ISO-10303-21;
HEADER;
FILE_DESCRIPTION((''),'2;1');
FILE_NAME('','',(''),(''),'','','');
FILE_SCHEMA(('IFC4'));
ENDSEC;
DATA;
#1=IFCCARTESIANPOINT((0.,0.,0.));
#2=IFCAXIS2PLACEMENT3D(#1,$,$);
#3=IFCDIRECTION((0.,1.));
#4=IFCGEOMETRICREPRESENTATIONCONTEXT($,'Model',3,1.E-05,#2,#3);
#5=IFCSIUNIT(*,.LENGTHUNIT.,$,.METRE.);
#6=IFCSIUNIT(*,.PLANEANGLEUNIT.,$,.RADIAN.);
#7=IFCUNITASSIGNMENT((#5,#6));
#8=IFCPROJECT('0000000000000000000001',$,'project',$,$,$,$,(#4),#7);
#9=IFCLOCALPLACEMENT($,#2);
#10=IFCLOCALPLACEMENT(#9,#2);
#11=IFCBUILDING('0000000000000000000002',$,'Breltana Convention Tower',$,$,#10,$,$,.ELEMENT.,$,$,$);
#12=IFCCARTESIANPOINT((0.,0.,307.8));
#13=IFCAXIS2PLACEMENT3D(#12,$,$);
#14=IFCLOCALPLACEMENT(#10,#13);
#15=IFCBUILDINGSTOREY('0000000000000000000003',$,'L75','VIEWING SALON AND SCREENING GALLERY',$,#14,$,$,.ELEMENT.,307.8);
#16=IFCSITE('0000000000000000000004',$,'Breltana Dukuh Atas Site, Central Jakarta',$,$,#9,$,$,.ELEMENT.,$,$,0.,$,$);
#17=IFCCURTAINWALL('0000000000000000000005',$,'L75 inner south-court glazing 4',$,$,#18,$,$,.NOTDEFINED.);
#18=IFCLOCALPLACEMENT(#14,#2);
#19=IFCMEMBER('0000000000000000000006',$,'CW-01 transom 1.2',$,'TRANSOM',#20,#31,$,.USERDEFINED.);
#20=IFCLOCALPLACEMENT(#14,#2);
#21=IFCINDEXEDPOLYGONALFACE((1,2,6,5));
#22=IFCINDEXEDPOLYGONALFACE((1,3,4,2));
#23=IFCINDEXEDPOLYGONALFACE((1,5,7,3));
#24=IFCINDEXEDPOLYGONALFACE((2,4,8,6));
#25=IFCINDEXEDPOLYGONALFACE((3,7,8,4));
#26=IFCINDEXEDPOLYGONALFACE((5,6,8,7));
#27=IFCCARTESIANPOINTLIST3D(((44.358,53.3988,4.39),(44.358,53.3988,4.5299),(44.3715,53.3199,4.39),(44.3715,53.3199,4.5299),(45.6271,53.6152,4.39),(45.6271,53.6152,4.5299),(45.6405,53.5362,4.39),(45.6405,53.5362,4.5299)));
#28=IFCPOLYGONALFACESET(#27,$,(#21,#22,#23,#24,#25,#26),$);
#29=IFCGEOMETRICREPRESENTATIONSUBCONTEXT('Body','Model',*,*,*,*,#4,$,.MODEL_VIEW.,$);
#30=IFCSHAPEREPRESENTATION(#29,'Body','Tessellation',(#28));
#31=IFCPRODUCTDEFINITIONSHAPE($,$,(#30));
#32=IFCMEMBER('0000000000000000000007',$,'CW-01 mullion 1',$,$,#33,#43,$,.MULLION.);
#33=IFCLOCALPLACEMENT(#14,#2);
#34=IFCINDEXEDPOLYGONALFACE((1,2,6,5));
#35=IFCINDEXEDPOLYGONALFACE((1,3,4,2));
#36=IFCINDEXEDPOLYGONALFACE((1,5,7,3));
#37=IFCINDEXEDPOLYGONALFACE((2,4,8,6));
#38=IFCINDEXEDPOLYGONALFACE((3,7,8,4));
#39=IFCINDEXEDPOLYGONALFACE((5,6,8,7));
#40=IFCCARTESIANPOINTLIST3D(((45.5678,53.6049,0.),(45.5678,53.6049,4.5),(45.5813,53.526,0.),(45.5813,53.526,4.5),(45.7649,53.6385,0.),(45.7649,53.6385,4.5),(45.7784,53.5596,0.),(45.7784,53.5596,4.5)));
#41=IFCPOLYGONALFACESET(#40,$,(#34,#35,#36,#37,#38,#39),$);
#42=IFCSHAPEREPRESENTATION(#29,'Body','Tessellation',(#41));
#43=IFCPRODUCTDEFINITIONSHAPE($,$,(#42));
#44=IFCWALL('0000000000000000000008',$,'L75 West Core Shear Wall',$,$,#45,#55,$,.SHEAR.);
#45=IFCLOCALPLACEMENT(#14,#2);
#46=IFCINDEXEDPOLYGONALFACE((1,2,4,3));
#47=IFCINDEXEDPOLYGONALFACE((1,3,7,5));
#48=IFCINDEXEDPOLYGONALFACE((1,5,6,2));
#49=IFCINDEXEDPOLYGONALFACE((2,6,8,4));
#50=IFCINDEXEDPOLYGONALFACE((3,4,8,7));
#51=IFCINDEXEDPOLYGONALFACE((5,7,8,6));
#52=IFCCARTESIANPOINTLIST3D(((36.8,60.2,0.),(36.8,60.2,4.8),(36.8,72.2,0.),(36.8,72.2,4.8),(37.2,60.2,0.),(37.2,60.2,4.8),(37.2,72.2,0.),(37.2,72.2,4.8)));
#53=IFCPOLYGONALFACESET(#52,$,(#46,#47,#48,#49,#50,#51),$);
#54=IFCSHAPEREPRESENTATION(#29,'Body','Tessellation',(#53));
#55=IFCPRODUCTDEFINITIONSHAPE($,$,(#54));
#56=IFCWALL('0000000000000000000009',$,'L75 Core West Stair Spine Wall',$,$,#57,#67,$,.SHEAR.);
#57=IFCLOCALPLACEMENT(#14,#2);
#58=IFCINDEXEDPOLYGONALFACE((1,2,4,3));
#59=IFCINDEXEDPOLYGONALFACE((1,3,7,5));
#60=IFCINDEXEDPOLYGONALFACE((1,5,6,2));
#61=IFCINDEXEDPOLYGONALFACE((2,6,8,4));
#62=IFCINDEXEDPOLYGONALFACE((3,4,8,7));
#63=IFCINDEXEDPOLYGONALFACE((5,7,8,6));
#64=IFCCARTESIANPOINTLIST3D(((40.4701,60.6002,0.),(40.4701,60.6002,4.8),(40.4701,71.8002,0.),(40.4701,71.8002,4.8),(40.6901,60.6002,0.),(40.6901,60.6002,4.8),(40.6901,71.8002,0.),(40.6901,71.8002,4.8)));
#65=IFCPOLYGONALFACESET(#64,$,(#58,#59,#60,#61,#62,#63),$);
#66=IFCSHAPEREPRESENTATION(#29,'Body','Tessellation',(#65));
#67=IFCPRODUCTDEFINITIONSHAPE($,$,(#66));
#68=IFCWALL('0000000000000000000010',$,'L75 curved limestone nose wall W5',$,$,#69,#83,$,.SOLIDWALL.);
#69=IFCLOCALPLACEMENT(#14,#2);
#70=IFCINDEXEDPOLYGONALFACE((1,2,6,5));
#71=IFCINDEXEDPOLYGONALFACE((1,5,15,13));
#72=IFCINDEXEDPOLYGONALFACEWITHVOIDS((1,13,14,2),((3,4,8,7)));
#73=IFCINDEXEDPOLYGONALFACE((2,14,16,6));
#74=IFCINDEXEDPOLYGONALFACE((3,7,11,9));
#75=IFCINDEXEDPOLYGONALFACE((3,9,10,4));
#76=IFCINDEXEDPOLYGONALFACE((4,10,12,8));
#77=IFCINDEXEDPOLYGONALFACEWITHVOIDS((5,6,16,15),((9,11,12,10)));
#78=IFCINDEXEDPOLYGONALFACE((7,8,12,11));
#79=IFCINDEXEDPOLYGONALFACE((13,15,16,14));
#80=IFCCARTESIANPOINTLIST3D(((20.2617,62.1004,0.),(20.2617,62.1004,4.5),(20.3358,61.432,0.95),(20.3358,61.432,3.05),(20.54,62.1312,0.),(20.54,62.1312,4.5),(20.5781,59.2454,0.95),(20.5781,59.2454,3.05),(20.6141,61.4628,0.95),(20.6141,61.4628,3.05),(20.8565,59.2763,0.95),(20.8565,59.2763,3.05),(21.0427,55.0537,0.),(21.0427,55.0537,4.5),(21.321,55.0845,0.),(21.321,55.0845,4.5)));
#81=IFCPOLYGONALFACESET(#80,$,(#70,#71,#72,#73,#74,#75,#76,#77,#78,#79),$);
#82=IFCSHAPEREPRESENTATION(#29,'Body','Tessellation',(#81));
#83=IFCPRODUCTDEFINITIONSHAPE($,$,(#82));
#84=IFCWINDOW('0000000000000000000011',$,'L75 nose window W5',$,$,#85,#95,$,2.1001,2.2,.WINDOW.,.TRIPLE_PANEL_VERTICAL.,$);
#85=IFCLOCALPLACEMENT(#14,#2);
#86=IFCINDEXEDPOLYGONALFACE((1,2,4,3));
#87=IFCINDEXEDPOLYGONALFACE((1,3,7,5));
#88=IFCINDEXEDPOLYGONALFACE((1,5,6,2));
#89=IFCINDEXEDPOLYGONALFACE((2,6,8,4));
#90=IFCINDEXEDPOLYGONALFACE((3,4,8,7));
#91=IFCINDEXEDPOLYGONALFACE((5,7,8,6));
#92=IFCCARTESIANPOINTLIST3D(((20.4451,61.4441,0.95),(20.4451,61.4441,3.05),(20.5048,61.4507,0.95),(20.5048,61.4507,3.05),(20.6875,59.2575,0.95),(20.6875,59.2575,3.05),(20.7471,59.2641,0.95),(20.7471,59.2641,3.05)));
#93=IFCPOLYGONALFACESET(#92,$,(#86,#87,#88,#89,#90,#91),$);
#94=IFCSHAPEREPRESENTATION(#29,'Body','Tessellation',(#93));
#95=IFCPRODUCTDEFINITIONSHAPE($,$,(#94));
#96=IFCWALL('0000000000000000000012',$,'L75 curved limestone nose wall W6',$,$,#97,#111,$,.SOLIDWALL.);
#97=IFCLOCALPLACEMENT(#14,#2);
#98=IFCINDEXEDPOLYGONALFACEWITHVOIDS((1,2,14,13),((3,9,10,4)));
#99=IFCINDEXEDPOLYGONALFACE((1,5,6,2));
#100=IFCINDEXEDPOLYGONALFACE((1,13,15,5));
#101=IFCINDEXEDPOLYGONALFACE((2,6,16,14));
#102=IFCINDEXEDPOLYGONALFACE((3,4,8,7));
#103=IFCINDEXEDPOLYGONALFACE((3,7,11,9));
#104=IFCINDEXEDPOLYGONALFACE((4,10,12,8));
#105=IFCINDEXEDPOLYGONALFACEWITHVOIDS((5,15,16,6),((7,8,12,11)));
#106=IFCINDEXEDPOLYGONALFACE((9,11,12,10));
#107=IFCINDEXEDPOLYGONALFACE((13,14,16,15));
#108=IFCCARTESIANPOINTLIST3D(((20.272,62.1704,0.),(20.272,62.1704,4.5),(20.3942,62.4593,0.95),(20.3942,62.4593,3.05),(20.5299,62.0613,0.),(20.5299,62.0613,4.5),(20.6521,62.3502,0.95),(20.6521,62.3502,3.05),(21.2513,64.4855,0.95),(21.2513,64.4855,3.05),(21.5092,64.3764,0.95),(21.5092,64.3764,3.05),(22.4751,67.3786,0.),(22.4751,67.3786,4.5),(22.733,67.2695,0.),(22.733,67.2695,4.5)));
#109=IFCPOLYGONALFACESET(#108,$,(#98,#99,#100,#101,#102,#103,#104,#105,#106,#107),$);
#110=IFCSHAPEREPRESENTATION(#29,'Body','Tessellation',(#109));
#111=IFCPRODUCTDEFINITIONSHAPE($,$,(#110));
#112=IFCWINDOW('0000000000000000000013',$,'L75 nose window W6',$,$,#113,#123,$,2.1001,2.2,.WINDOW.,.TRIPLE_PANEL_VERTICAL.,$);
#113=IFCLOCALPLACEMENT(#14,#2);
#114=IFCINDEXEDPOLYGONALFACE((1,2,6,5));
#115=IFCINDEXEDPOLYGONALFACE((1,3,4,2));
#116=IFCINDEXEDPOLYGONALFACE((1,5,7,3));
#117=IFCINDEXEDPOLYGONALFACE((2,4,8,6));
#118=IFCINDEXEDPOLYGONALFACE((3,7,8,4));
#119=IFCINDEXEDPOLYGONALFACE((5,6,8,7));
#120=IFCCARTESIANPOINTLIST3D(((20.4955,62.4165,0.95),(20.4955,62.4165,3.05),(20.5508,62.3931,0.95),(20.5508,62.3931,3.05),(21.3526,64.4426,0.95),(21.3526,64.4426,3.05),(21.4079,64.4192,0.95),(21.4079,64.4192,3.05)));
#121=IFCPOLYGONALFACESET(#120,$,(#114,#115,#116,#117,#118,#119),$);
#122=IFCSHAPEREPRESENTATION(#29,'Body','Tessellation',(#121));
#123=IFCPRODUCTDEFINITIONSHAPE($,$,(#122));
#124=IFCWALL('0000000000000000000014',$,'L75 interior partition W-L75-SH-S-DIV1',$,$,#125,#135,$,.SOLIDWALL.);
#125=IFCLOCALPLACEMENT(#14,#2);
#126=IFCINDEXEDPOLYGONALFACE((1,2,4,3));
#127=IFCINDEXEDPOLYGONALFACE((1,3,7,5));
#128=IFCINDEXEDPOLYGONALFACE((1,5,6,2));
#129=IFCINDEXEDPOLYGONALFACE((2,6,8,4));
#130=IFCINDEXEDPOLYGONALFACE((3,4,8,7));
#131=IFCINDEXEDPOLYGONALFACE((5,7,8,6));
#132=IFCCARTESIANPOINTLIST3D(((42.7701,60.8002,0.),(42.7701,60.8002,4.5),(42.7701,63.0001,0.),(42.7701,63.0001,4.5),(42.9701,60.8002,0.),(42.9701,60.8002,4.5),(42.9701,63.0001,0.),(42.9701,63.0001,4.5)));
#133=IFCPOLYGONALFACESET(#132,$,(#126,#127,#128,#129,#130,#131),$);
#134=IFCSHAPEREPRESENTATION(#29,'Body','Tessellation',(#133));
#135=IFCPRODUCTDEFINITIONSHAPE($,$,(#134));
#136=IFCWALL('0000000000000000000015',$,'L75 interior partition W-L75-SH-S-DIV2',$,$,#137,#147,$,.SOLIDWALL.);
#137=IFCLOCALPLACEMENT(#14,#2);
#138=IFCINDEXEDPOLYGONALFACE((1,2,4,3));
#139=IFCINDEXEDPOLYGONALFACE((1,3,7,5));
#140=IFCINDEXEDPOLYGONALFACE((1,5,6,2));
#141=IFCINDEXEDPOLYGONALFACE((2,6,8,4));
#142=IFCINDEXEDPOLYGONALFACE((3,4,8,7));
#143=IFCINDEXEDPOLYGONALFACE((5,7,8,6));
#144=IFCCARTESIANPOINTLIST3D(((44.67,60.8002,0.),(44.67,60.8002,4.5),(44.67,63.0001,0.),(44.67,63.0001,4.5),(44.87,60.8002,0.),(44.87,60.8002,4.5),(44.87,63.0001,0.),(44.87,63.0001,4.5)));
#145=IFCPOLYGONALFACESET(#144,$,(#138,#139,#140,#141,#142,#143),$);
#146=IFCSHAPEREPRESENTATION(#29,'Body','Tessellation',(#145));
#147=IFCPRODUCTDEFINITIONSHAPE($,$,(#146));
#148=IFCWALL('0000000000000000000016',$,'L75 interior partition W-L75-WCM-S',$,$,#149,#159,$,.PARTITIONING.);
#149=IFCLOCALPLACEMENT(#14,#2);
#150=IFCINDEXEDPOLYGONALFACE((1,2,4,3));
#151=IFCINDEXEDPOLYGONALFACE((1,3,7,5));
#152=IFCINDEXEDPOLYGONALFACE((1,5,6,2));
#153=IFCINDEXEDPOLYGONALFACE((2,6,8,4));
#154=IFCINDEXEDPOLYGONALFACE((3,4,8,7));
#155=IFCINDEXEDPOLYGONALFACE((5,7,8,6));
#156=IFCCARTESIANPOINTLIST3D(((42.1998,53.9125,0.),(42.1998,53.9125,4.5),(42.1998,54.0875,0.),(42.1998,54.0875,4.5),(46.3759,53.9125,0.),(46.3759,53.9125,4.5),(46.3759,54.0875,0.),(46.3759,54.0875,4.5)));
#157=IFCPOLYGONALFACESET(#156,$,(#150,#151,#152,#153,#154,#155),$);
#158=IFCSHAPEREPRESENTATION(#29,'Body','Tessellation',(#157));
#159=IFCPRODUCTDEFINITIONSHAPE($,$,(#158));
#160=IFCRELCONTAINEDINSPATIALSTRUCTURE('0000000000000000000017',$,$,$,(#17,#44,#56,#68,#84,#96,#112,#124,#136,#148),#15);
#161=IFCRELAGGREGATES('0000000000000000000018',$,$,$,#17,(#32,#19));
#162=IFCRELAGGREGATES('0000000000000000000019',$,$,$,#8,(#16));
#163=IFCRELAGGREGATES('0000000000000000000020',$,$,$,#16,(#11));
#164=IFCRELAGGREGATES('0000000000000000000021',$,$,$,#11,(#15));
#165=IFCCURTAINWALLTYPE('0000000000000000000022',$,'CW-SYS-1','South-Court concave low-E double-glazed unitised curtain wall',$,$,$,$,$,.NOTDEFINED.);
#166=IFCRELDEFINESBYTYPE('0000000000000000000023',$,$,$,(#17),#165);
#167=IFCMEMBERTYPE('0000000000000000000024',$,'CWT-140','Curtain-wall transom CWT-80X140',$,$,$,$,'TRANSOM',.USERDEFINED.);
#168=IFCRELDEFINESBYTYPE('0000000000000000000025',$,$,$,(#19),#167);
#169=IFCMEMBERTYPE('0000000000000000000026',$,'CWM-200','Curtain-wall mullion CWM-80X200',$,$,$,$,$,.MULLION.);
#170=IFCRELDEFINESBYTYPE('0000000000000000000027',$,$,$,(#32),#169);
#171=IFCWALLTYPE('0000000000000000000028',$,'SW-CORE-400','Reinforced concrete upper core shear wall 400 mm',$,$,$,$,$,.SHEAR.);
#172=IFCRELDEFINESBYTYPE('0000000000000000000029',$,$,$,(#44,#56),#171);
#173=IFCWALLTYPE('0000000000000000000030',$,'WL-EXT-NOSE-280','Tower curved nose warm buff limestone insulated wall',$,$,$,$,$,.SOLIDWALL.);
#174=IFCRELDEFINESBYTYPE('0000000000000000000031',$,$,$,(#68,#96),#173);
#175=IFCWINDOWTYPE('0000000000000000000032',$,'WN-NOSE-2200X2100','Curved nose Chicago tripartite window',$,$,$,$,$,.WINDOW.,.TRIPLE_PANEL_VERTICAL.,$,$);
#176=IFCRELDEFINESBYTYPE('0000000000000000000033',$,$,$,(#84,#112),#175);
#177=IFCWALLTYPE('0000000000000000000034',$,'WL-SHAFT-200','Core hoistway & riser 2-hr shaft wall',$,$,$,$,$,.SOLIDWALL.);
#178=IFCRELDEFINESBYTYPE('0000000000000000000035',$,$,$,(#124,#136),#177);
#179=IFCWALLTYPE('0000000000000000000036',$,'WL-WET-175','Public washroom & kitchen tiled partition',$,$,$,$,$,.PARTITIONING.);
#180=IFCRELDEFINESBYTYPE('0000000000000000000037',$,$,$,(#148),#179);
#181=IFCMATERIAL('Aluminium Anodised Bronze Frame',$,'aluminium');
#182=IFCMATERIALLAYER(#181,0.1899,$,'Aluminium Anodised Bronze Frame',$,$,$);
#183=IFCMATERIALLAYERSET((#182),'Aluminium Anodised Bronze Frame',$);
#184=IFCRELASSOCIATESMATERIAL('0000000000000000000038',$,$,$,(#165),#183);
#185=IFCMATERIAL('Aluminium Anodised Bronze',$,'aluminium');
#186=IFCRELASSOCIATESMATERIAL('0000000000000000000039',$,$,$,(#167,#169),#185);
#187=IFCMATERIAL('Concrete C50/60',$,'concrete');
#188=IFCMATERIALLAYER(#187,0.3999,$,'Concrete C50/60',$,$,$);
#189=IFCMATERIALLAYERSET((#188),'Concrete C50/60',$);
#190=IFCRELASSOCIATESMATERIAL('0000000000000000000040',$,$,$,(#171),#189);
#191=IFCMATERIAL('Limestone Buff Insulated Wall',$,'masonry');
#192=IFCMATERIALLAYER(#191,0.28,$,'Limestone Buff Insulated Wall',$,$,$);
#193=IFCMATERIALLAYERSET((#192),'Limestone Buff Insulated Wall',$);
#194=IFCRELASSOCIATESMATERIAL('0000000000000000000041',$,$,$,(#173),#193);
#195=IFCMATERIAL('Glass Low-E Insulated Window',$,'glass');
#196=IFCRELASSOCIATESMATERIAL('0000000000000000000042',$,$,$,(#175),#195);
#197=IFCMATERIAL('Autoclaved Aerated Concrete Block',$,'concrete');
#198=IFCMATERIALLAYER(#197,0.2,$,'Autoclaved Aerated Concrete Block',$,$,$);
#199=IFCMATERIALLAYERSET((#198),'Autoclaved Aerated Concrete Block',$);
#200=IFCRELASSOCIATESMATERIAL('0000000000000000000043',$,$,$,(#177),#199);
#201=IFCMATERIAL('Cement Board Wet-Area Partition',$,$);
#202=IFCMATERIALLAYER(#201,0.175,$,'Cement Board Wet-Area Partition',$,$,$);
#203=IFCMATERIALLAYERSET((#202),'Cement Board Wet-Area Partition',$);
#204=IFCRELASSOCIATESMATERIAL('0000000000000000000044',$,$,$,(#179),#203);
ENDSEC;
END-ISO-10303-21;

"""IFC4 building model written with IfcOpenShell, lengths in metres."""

from ifc_helpers import new_model, si_unit, direction, frame, frame_2d, origin, origin_2d, place, context, subcontext, project, spatial, rectangle, extrude, source, transform, mapped, material, layer, layer_set, material_profile, profile_set, type_object, type_shapes, element, fill, aggregate, save


model = new_model("IFC4")

# Units and contexts
model_context = context("Model", 3, precision=1e-05, world=origin(), true_north=direction((0.0, 1.0)))
body_context = subcontext(model_context, "Body", "Model", "MODEL_VIEW")
ifc_project = project(units=[si_unit("LENGTHUNIT", "METRE"), si_unit("PLANEANGLEUNIT", "RADIAN")], contexts=[model_context])

# Site, building, storey
site_placement = place(None, origin())
site = spatial("IfcSite", under=ifc_project, at=site_placement, Name="Breltana Dukuh Atas Site, Central Jakarta", CompositionType="ELEMENT", RefElevation=0.0)
building_placement = place(site_placement, origin())
building = spatial("IfcBuilding", under=site, at=building_placement, Name="Breltana Convention Tower", CompositionType="ELEMENT")
storey_placement = place(building_placement, frame((0.0, 0.0, 307.8)))
storey = spatial("IfcBuildingStorey", under=building, at=storey_placement, Name="L75", Description="VIEWING SALON AND SCREENING GALLERY", CompositionType="ELEMENT", Elevation=307.8)

# Curtain wall, members
ifc_material_1 = material(Name="Aluminium Anodised Bronze Frame", Category="aluminium")
ifc_layer_1 = layer(ifc_material_1, 0.1899, Name="Aluminium Anodised Bronze Frame")
ifc_layer_set_1 = layer_set([ifc_layer_1], Name="Aluminium Anodised Bronze Frame")
curtain_wall_type = type_object("IfcCurtainWallType", Name="CW-SYS-1", Description="South-Court concave low-E double-glazed unitised curtain wall", PredefinedType="NOTDEFINED", material=ifc_layer_set_1)
curtain_wall_placement = place(storey_placement, origin())
curtain_wall = element("IfcCurtainWall", 1, at=curtain_wall_placement, inside=storey, type_object=curtain_wall_type, Name="L75 inner south-court glazing 4", PredefinedType="NOTDEFINED")
ifc_material_2 = material(Name="Aluminium Anodised Bronze", Category="aluminium")
ifc_material_profile_1 = material_profile(ifc_material_2, rectangle(XDim=0.0801, YDim=0.1399, at=origin_2d()), Name="CWT-80X140")
ifc_profile_set_1 = profile_set([ifc_material_profile_1], Name="Aluminium Anodised Bronze")
member_type_1 = type_object("IfcMemberType", Name="CWT-140", Description="Curtain-wall transom CWT-80X140", ElementType="TRANSOM", PredefinedType="USERDEFINED", material=ifc_profile_set_1)
shared_shape_1 = source(origin(), body_context, "Body", "SweptSolid", [
    extrude(rectangle(XDim=0.0801, YDim=0.1399, at=origin_2d()), origin(), (0.0, 0.0, 1.0), 1.2874),
])
member_1_placement = place(storey_placement, frame((45.6338, 53.5757, 4.46), z_axis=(-0.985782, -0.168027, 0.0), x_axis=(0.168027, -0.985782, 0.0)))
member_1 = element("IfcMember", 2, at=member_1_placement, type_object=member_type_1, Name="CW-01 transom 1.2", ObjectType="TRANSOM", PredefinedType="USERDEFINED", context=body_context, shape_type="MappedRepresentation", body=[
    mapped(shared_shape_1, transform((0.0, 0.0, 0.0), scale=1.0)),
])
ifc_material_profile_2 = material_profile(ifc_material_2, rectangle(XDim=0.0801, YDim=0.2, at=origin_2d()), Name="CWM-80X200")
ifc_profile_set_2 = profile_set([ifc_material_profile_2], Name="Aluminium Anodised Bronze")
member_type_2 = type_object("IfcMemberType", Name="CWM-200", Description="Curtain-wall mullion CWM-80X200", PredefinedType="MULLION", material=ifc_profile_set_2)
shared_shape_2 = source(origin(), body_context, "Body", "SweptSolid", [
    extrude(rectangle(XDim=0.0801, YDim=0.2, at=origin_2d()), origin(), (0.0, 0.0, 1.0), 4.5),
])
member_2_placement = place(storey_placement, frame((45.6731, 53.5823, 0.0), z_axis=(0.0, 0.0, 1.0), x_axis=(0.168028, -0.985782, 0.0)))
member_2 = element("IfcMember", 3, at=member_2_placement, type_object=member_type_2, Name="CW-01 mullion 1", PredefinedType="MULLION", context=body_context, shape_type="MappedRepresentation", body=[
    mapped(shared_shape_2, transform((0.0, 0.0, 0.0), scale=1.0)),
])
aggregate(curtain_wall, [member_2, member_1])

# Wall
ifc_material_3 = material(Name="Concrete C50/60", Category="concrete")
ifc_layer_2 = layer(ifc_material_3, 0.3999, Name="Concrete C50/60")
ifc_layer_set_2 = layer_set([ifc_layer_2], Name="Concrete C50/60")
wall_type_1 = type_object("IfcWallType", Name="SW-CORE-400", Description="Reinforced concrete upper core shear wall 400 mm", PredefinedType="SHEAR", material=ifc_layer_set_2)
shared_shape_3 = source(origin(), body_context, "Body", "SweptSolid", [
    extrude(rectangle(XDim=12.0, YDim=0.3999, at=frame_2d((6.0, 0.0))), origin(), (0.0, 0.0, 1.0), 4.8),
])
wall_1_placement = place(storey_placement, frame((37.0, 60.2, 0.0), z_axis=(0.0, 0.0, 1.0), x_axis=(0.0, 1.0, 0.0)))
element("IfcWall", 4, at=wall_1_placement, inside=storey, type_object=wall_type_1, Name="L75 West Core Shear Wall", PredefinedType="SHEAR", context=body_context, shape_type="MappedRepresentation", body=[
    mapped(shared_shape_3, transform((0.0, 0.0, 0.0), scale=1.0)),
])

# Wall
shared_shape_4 = source(origin(), body_context, "Body", "SweptSolid", [
    extrude(rectangle(XDim=11.2, YDim=0.22, at=frame_2d((5.6001, 0.0))), origin(), (0.0, 0.0, 1.0), 4.8),
])
wall_2_placement = place(storey_placement, frame((40.5801, 60.6001, 0.0), z_axis=(0.0, 0.0, 1.0), x_axis=(0.0, 1.0, 0.0)))
element("IfcWall", 5, at=wall_2_placement, inside=storey, type_object=wall_type_1, Name="L75 Core West Stair Spine Wall", PredefinedType="SHEAR", context=body_context, shape_type="MappedRepresentation", body=[
    mapped(shared_shape_4, transform((0.0, 0.0, 0.0), scale=1.0)),
])

# Walls, openings, windows
ifc_material_4 = material(Name="Limestone Buff Insulated Wall", Category="masonry")
ifc_layer_3 = layer(ifc_material_4, 0.28, Name="Limestone Buff Insulated Wall")
ifc_layer_set_3 = layer_set([ifc_layer_3], Name="Limestone Buff Insulated Wall")
wall_type_2 = type_object("IfcWallType", Name="WL-EXT-NOSE-280", Description="Tower curved nose warm buff limestone insulated wall", PredefinedType="SOLIDWALL", material=ifc_layer_set_3)
shared_shape_5 = source(origin(), body_context, "Body", "SweptSolid", [
    extrude(rectangle(XDim=7.0898, YDim=0.28, at=frame_2d((3.5449, 0.0))), origin(), (0.0, 0.0, 1.0), 4.5),
])
wall_3_placement = place(storey_placement, frame((21.1819, 55.0691, 0.0), z_axis=(0.0, 0.0, 1.0), x_axis=(-0.110159, 0.993914, 0.0)))
wall_3 = element("IfcWall", 6, at=wall_3_placement, inside=storey, type_object=wall_type_2, Name="L75 curved limestone nose wall W5", PredefinedType="SOLIDWALL", context=body_context, shape_type="MappedRepresentation", body=[
    mapped(shared_shape_5, transform((0.0, 0.0, 0.0), scale=1.0)),
])
opening_1_placement = place(wall_3_placement, frame((4.2173, 0.0, 0.95)))
opening_1 = element("IfcOpeningElement", 7, at=opening_1_placement, cuts=wall_3, PredefinedType="OPENING", context=body_context, shape_type="SweptSolid", body=[
    extrude(rectangle(XDim=2.2, YDim=2.1001, at=frame_2d((1.1001, 1.05))), frame((0.0, 0.1499, 0.0), z_axis=(0.0, -1.0, 0.0), x_axis=(1.0, 0.0, 0.0)), (0.0, 0.0, 1.0), 0.3),
])
ifc_material_5 = material(Name="Glass Low-E Insulated Window", Category="glass")
window_type = type_object("IfcWindowType", Name="WN-NOSE-2200X2100", Description="Curved nose Chicago tripartite window", PartitioningType="TRIPLE_PANEL_VERTICAL", PredefinedType="WINDOW", material=ifc_material_5)
shared_shape_6 = source(origin(), body_context, "Body", "SweptSolid", [
    extrude(rectangle(XDim=2.2, YDim=2.1001, at=frame_2d((1.1001, 1.05))), frame((0.0, 0.03, 0.0), z_axis=(0.0, -1.0, 0.0), x_axis=(1.0, 0.0, 0.0)), (0.0, 0.0, 1.0), 0.0601),
])
type_shapes(window_type, [shared_shape_6])
window_1_placement = place(opening_1_placement, origin())
window_1 = element("IfcWindow", 8, at=window_1_placement, inside=storey, type_object=window_type, Name="L75 nose window W5", OverallHeight=2.1001, OverallWidth=2.2, PartitioningType="TRIPLE_PANEL_VERTICAL", PredefinedType="WINDOW", context=body_context, shape_type="MappedRepresentation", body=[
    mapped(shared_shape_6, transform((0.0, 0.0, 0.0), scale=1.0)),
])
fill(opening_1, window_1)
shared_shape_7 = source(origin(), body_context, "Body", "SweptSolid", [
    extrude(rectangle(XDim=5.655, YDim=0.28, at=frame_2d((2.8276, 0.0))), origin(), (0.0, 0.0, 1.0), 4.5),
])
wall_4_placement = place(storey_placement, frame((20.4009, 62.1157, 0.0), z_axis=(0.0, 0.0, 1.0), x_axis=(0.389585, 0.92099, 0.0)))
wall_4 = element("IfcWall", 9, at=wall_4_placement, inside=storey, type_object=wall_type_2, Name="L75 curved limestone nose wall W6", PredefinedType="SOLIDWALL", context=body_context, shape_type="MappedRepresentation", body=[
    mapped(shared_shape_7, transform((0.0, 0.0, 0.0), scale=1.0)),
])
opening_2_placement = place(wall_4_placement, frame((0.3137, 0.0, 0.95)))
opening_2 = element("IfcOpeningElement", 10, at=opening_2_placement, cuts=wall_4, PredefinedType="OPENING", context=body_context, shape_type="SweptSolid", body=[
    extrude(rectangle(XDim=2.2, YDim=2.1001, at=frame_2d((1.1001, 1.05))), frame((0.0, 0.1499, 0.0), z_axis=(0.0, -1.0, 0.0), x_axis=(1.0, 0.0, 0.0)), (0.0, 0.0, 1.0), 0.3),
])
window_2_placement = place(opening_2_placement, origin())
window_2 = element("IfcWindow", 11, at=window_2_placement, inside=storey, type_object=window_type, Name="L75 nose window W6", OverallHeight=2.1001, OverallWidth=2.2, PartitioningType="TRIPLE_PANEL_VERTICAL", PredefinedType="WINDOW", context=body_context, shape_type="MappedRepresentation", body=[
    mapped(shared_shape_6, transform((0.0, 0.0, 0.0), scale=1.0)),
])
fill(opening_2, window_2)

# Walls
ifc_material_6 = material(Name="Autoclaved Aerated Concrete Block", Category="concrete")
ifc_layer_4 = layer(ifc_material_6, 0.2, Name="Autoclaved Aerated Concrete Block")
ifc_layer_set_4 = layer_set([ifc_layer_4], Name="Autoclaved Aerated Concrete Block")
wall_type_3 = type_object("IfcWallType", Name="WL-SHAFT-200", Description="Core hoistway & riser 2-hr shaft wall", PredefinedType="SOLIDWALL", material=ifc_layer_set_4)
shared_shape_8 = source(origin(), body_context, "Body", "SweptSolid", [
    extrude(rectangle(XDim=2.2, YDim=0.2, at=frame_2d((1.1001, 0.0))), origin(), (0.0, 0.0, 1.0), 4.5),
])
for number, where, z_axis, x_axis, name in (
    (12, (42.8701, 60.8, 0.0), (0.0, 0.0, 1.0), (0.0, 1.0, 0.0), "L75 interior partition W-L75-SH-S-DIV1"),
    (13, (44.77, 60.8, 0.0), (0.0, 0.0, 1.0), (0.0, 1.0, 0.0), "L75 interior partition W-L75-SH-S-DIV2"),
):
    element("IfcWall", number, at=place(storey_placement, frame(where, z_axis=z_axis, x_axis=x_axis)), inside=storey, type_object=wall_type_3, Name=name, PredefinedType="SOLIDWALL", context=body_context, shape_type="MappedRepresentation", body=[
        mapped(shared_shape_8, transform((0.0, 0.0, 0.0), scale=1.0)),
    ])
ifc_material_7 = material(Name="Cement Board Wet-Area Partition")
ifc_layer_5 = layer(ifc_material_7, 0.175, Name="Cement Board Wet-Area Partition")
ifc_layer_set_5 = layer_set([ifc_layer_5], Name="Cement Board Wet-Area Partition")
wall_type_4 = type_object("IfcWallType", Name="WL-WET-175", Description="Public washroom & kitchen tiled partition", PredefinedType="PARTITIONING", material=ifc_layer_set_5)
shared_shape_9 = source(origin(), body_context, "Body", "SweptSolid", [
    extrude(rectangle(XDim=4.176, YDim=0.175, at=frame_2d((2.0879, 0.0))), origin(), (0.0, 0.0, 1.0), 4.5),
])
for number, where, z_axis, x_axis, name in (
    (14, (42.2, 54.0, 0.0), (0.0, 0.0, 1.0), (1.0, 0.0, 0.0), "L75 interior partition W-L75-WCM-S"),
):
    element("IfcWall", number, at=place(storey_placement, frame(where, z_axis=z_axis, x_axis=x_axis)), inside=storey, type_object=wall_type_4, Name=name, PredefinedType="PARTITIONING", context=body_context, shape_type="MappedRepresentation", body=[
        mapped(shared_shape_9, transform((0.0, 0.0, 0.0), scale=1.0)),
    ])

save(model, "model.ifc")
